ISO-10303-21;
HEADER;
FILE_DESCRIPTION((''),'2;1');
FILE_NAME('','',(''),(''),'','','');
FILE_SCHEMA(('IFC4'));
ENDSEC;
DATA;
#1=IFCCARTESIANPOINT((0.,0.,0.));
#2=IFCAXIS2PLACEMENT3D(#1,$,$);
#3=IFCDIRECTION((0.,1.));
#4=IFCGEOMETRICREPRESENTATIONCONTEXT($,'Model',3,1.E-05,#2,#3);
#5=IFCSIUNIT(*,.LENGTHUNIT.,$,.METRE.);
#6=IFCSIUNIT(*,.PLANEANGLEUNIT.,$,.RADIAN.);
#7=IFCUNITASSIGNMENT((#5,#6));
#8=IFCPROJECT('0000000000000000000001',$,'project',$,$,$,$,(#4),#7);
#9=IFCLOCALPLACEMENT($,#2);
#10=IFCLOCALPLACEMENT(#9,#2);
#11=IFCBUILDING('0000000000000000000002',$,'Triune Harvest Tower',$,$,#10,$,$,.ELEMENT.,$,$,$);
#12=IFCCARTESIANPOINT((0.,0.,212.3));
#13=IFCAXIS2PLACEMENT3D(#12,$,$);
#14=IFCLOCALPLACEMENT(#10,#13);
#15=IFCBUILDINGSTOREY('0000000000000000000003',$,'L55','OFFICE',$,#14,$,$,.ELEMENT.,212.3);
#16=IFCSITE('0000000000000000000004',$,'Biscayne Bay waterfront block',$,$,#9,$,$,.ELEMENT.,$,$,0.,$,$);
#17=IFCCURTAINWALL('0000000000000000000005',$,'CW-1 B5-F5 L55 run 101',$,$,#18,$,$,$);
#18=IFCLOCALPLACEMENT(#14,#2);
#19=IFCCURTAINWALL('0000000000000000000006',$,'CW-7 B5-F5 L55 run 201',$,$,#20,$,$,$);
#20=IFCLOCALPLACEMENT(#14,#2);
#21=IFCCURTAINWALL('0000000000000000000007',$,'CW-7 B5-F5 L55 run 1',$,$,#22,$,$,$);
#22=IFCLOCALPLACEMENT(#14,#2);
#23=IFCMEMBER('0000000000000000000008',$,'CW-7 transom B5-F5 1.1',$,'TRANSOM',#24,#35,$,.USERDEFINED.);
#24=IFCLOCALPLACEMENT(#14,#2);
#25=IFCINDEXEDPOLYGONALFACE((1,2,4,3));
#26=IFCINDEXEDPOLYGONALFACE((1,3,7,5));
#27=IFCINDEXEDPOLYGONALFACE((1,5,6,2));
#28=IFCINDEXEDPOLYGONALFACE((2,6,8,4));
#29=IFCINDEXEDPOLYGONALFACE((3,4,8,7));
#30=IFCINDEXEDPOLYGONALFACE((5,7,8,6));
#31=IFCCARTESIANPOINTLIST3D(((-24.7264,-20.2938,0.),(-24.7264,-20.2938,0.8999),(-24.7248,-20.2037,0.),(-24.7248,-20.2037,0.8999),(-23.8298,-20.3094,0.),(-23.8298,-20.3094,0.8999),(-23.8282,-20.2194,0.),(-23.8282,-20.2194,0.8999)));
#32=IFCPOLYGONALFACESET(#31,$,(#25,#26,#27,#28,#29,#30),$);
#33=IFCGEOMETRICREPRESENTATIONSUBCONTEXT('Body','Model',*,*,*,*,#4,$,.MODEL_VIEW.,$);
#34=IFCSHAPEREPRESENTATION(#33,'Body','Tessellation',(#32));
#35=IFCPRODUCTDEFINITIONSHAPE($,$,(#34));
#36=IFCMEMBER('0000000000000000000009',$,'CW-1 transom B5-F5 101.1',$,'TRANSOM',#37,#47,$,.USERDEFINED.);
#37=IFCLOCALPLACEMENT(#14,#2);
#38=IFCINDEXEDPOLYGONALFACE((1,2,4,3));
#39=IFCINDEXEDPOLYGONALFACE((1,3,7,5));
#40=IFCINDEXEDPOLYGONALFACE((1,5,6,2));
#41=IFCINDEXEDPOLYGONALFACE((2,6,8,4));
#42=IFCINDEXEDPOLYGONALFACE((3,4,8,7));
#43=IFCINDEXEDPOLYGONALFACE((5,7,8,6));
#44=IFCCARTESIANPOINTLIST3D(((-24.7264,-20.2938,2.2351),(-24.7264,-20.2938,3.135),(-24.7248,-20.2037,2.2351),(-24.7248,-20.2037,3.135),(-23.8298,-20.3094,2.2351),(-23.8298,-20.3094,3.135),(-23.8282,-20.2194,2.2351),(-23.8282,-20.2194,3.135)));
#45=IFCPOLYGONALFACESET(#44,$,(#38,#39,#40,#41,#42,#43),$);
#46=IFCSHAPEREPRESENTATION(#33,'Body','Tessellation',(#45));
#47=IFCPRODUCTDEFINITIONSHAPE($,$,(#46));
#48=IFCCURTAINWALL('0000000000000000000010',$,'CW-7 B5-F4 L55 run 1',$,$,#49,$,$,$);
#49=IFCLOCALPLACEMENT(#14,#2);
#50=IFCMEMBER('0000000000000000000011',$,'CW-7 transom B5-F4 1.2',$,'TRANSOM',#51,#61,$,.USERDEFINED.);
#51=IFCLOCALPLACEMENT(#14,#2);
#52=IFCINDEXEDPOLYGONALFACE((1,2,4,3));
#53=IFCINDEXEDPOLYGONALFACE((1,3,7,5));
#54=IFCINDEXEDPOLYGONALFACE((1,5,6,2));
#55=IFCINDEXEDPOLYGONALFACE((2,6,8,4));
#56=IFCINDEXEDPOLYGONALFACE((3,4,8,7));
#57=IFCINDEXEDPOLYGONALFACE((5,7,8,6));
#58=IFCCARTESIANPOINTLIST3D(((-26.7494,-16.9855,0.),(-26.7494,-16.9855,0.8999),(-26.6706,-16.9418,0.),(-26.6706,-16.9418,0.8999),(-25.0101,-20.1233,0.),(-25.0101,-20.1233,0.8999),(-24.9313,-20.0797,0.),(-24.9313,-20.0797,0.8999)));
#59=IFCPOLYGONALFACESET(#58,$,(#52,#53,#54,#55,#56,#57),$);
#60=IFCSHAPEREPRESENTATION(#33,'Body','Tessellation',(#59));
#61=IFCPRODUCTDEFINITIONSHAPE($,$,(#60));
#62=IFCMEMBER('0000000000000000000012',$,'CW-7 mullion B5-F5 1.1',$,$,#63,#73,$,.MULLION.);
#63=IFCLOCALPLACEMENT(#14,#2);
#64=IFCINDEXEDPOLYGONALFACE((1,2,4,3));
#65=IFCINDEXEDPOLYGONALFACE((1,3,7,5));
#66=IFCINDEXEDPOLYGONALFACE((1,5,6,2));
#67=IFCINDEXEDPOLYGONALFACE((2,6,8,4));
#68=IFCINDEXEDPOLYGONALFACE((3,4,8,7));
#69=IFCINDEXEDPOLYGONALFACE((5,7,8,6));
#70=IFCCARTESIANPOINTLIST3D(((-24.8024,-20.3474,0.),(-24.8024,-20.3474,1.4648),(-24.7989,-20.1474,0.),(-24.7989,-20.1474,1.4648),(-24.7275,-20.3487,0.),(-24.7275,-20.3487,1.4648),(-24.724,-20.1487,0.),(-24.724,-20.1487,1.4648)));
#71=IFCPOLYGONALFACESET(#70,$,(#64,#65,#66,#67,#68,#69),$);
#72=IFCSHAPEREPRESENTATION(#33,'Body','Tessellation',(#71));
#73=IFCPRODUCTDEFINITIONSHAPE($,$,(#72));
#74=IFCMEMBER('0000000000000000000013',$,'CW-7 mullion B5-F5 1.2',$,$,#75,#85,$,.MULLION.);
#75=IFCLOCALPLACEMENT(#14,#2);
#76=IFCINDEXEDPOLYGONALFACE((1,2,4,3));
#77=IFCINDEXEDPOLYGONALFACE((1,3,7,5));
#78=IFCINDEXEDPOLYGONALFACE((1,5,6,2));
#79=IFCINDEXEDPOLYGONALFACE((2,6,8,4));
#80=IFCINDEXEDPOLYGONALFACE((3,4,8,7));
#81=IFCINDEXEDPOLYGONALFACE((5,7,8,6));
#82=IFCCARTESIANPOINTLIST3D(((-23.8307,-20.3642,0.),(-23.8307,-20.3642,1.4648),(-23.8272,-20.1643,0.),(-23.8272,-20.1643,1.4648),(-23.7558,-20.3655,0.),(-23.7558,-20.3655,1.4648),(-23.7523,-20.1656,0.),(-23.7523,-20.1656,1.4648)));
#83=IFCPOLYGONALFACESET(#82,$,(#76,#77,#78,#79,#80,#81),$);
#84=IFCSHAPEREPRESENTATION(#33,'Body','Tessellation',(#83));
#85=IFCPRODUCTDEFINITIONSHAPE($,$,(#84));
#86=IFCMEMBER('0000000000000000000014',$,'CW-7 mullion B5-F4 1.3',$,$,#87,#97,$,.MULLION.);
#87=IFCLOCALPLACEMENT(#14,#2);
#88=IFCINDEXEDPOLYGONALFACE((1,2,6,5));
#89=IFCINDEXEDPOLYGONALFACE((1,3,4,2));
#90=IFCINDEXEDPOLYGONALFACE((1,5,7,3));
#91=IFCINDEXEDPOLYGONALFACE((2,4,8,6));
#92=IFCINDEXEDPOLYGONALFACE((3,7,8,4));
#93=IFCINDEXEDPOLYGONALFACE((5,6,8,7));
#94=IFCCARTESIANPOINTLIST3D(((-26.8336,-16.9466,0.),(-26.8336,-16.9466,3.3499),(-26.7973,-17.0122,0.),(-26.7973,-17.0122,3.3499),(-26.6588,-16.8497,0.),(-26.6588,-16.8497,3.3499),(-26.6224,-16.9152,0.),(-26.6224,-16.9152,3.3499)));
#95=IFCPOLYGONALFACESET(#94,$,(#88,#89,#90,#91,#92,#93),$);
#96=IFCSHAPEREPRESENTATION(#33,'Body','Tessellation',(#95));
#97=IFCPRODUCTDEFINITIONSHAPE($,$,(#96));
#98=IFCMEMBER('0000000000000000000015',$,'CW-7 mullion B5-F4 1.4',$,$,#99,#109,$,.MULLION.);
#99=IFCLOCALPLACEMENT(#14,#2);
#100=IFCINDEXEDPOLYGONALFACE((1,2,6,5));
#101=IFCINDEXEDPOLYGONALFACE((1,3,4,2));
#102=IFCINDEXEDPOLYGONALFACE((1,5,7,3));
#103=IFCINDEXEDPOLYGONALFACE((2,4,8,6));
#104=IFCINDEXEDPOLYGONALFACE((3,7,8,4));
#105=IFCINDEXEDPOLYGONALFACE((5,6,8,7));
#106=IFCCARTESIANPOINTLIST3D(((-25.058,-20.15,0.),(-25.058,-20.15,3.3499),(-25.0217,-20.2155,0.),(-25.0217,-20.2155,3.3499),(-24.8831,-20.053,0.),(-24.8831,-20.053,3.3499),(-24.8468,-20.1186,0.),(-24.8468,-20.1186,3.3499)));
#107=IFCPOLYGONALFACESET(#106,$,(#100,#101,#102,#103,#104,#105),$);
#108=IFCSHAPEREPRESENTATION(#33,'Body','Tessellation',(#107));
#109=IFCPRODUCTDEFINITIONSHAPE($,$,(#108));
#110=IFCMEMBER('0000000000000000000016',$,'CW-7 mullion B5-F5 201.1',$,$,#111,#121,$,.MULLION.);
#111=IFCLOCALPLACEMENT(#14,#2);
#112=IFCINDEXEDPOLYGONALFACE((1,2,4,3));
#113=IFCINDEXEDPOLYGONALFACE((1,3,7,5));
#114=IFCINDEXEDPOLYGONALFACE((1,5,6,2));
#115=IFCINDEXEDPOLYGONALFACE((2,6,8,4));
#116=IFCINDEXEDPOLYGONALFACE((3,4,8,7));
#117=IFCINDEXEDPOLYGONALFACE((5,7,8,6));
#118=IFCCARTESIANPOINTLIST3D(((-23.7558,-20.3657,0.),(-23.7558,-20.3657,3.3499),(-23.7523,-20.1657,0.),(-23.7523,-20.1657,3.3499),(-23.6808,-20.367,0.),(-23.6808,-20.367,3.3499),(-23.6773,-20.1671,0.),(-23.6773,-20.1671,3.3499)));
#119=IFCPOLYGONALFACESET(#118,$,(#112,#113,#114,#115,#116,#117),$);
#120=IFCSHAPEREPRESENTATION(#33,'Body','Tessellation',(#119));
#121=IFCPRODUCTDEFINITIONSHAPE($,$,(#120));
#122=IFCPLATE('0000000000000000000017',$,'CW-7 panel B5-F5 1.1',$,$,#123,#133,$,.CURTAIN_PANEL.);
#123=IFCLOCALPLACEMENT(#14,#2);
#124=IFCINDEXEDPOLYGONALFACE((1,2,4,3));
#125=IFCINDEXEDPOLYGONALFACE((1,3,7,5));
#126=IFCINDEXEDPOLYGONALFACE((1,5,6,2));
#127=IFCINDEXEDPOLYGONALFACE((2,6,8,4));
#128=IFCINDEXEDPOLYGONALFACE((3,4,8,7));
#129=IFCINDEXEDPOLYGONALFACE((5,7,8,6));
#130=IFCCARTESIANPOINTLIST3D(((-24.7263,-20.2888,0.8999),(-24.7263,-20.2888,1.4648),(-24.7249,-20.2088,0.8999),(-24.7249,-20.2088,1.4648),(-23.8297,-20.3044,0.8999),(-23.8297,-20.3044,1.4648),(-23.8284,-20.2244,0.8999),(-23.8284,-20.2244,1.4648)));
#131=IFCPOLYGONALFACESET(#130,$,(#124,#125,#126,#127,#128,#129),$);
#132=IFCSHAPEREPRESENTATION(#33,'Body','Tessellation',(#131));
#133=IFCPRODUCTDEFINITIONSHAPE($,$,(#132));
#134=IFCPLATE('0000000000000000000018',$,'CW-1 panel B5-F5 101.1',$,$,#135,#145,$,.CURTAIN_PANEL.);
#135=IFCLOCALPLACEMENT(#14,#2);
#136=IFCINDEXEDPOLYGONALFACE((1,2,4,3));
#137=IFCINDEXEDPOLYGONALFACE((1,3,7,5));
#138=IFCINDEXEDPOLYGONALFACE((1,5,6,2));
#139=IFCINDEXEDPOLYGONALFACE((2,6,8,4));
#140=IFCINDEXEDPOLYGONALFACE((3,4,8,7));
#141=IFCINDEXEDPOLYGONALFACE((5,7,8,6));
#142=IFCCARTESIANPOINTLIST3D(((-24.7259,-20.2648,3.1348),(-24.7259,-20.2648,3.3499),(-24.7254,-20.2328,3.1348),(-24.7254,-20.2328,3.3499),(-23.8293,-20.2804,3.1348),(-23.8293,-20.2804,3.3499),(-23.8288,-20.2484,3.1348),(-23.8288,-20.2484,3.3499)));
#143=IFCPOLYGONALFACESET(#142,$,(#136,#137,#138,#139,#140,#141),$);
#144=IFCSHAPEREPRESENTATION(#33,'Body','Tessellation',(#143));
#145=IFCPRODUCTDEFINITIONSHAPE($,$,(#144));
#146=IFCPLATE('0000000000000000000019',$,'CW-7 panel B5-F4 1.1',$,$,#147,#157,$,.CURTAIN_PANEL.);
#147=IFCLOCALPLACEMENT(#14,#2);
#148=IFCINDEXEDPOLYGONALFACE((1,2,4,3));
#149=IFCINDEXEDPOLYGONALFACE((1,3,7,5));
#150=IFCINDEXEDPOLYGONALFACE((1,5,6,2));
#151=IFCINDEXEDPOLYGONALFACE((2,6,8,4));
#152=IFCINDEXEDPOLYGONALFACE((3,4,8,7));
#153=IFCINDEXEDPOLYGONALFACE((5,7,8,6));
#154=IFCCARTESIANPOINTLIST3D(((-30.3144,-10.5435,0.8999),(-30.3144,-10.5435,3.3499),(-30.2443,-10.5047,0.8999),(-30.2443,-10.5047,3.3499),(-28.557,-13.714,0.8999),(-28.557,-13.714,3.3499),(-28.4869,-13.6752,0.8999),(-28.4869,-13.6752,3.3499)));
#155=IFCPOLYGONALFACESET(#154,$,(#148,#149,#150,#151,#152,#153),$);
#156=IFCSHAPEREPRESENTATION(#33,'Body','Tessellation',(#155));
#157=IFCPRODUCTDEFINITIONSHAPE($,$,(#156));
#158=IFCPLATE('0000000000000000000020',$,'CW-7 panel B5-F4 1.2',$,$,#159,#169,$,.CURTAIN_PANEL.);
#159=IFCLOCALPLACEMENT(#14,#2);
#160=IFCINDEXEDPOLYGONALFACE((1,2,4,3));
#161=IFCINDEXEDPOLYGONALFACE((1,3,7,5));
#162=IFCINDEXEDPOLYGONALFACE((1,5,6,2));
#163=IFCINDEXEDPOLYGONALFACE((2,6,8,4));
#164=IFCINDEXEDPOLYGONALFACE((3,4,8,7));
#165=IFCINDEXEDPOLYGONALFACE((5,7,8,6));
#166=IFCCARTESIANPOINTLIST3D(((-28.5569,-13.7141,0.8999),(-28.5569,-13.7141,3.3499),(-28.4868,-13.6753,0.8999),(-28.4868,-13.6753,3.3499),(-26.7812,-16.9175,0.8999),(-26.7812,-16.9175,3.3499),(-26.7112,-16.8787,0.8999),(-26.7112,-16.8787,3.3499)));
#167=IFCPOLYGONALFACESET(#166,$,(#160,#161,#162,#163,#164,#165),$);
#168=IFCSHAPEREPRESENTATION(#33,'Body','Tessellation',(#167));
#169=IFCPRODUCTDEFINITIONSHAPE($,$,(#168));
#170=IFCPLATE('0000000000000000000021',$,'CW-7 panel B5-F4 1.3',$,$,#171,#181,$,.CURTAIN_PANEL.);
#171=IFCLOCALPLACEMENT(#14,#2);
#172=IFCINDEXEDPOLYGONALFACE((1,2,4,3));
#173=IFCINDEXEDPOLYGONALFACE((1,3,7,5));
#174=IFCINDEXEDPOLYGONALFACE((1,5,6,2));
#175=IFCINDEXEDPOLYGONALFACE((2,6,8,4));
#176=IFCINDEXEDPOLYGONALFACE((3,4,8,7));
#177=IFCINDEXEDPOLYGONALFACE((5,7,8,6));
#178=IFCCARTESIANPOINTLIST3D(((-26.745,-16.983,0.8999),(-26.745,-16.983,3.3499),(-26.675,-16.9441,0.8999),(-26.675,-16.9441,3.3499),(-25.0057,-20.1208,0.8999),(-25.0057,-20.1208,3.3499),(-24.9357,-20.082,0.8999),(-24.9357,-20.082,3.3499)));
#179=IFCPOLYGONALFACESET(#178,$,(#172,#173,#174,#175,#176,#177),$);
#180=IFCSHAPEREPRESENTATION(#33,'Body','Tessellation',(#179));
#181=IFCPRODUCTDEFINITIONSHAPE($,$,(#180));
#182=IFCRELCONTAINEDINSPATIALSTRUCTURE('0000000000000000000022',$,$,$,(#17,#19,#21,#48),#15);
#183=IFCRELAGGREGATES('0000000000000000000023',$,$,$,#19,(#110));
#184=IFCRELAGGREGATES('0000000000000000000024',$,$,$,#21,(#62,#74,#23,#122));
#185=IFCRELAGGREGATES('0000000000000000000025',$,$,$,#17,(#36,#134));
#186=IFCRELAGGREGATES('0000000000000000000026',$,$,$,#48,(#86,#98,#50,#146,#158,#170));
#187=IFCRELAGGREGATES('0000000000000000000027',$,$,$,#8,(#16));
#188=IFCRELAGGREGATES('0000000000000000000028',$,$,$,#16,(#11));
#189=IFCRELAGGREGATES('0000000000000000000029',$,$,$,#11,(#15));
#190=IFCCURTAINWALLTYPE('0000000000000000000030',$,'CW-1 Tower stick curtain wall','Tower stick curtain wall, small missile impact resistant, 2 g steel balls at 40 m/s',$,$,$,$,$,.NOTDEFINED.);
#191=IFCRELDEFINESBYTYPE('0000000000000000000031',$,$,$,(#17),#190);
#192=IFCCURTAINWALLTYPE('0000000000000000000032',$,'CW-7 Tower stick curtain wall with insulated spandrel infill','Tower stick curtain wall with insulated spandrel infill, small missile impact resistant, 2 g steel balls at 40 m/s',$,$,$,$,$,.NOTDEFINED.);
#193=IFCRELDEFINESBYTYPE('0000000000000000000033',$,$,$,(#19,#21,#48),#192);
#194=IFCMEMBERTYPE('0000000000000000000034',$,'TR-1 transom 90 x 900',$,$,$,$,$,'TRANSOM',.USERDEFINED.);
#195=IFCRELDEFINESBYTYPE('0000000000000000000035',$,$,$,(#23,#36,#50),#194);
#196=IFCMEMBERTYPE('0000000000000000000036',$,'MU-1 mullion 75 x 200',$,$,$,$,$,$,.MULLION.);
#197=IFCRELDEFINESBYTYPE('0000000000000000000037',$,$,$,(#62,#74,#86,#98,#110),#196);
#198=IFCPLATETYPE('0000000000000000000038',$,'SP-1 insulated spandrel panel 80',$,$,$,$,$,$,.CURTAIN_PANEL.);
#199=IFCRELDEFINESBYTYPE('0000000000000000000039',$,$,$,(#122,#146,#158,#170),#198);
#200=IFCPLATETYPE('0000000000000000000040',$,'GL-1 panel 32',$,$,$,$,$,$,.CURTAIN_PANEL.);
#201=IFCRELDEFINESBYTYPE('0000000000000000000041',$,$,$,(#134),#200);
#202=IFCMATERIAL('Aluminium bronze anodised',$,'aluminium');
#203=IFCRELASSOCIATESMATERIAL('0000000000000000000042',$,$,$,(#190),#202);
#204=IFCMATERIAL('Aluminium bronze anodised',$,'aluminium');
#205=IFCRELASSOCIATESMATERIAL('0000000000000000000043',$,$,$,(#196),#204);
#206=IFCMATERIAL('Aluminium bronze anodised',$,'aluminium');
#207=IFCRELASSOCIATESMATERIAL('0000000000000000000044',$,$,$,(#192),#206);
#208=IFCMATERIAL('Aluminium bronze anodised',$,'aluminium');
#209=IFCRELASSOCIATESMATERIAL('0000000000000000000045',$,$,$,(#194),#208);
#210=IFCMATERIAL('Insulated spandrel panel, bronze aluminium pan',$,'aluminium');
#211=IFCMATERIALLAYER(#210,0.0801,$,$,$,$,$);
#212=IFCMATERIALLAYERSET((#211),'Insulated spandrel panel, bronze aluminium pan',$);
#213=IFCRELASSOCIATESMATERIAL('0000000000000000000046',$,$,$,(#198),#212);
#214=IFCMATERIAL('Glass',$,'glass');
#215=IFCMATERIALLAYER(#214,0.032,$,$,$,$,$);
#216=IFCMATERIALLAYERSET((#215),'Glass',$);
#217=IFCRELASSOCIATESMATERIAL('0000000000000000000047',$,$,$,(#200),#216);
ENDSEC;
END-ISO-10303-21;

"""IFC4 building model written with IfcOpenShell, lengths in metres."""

from ifc_helpers import new_model, si_unit, direction, frame, origin, origin_2d, place, context, subcontext, project, spatial, rectangle, extrude, source, transform, mapped, material, layer, layer_set, material_profile, profile_set, type_object, element, aggregate, save


model = new_model("IFC4")

# Units and contexts
model_context = context("Model", 3, precision=1e-05, world=origin(), true_north=direction((0.0, 1.0)))
body_context = subcontext(model_context, "Body", "Model", "MODEL_VIEW")
ifc_project = project(units=[si_unit("LENGTHUNIT", "METRE"), si_unit("PLANEANGLEUNIT", "RADIAN")], contexts=[model_context])

# Site, building, storey
site_placement = place(None, origin())
site = spatial("IfcSite", under=ifc_project, at=site_placement, Name="Biscayne Bay waterfront block", CompositionType="ELEMENT", RefElevation=0.0)
building_placement = place(site_placement, origin())
building = spatial("IfcBuilding", under=site, at=building_placement, Name="Triune Harvest Tower", CompositionType="ELEMENT")
storey_placement = place(building_placement, frame((0.0, 0.0, 212.3)))
storey = spatial("IfcBuildingStorey", under=building, at=storey_placement, Name="L55", Description="OFFICE", CompositionType="ELEMENT", Elevation=212.3)

# Curtain wall
ifc_material_1 = material(Name="Aluminium bronze anodised", Category="aluminium")
curtain_wall_type_1 = type_object("IfcCurtainWallType", Name="CW-1 Tower stick curtain wall", Description="Tower stick curtain wall, small missile impact resistant, 2 g steel balls at 40 m/s", PredefinedType="NOTDEFINED", material=ifc_material_1)
curtain_wall_1_placement = place(storey_placement, origin())
curtain_wall_1 = element("IfcCurtainWall", 1, at=curtain_wall_1_placement, inside=storey, type_object=curtain_wall_type_1, Name="CW-1 B5-F5 L55 run 101")
ifc_material_2 = material(Name="Aluminium bronze anodised", Category="aluminium")
ifc_material_profile_1 = material_profile(ifc_material_2, rectangle(XDim=0.2, YDim=0.075, at=origin_2d()), Name="MU-1 mullion 75 x 200")
ifc_profile_set_1 = profile_set([ifc_material_profile_1], Name="Aluminium bronze anodised")
member_type_1 = type_object("IfcMemberType", Name="MU-1 mullion 75 x 200", PredefinedType="MULLION", material=ifc_profile_set_1)

# Curtain walls, member
ifc_material_3 = material(Name="Aluminium bronze anodised", Category="aluminium")
curtain_wall_type_2 = type_object("IfcCurtainWallType", Name="CW-7 Tower stick curtain wall with insulated spandrel infill", Description="Tower stick curtain wall with insulated spandrel infill, small missile impact resistant, 2 g steel balls at 40 m/s", PredefinedType="NOTDEFINED", material=ifc_material_3)
curtain_wall_2_placement = place(storey_placement, origin())
curtain_wall_2 = element("IfcCurtainWall", 2, at=curtain_wall_2_placement, inside=storey, type_object=curtain_wall_type_2, Name="CW-7 B5-F5 L55 run 201")
ifc_material_4 = material(Name="Aluminium bronze anodised", Category="aluminium")
ifc_material_profile_2 = material_profile(ifc_material_4, rectangle(XDim=0.0901, YDim=0.8999, at=origin_2d()), Name="TR-1 transom 90 x 900")
ifc_profile_set_2 = profile_set([ifc_material_profile_2], Name="Aluminium bronze anodised")
member_type_2 = type_object("IfcMemberType", Name="TR-1 transom 90 x 900", ElementType="TRANSOM", PredefinedType="USERDEFINED", material=ifc_profile_set_2)
curtain_wall_3_placement = place(storey_placement, origin())
curtain_wall_3 = element("IfcCurtainWall", 3, at=curtain_wall_3_placement, inside=storey, type_object=curtain_wall_type_2, Name="CW-7 B5-F5 L55 run 1")
shared_shape_1 = source(origin(), body_context, "Body", "SweptSolid", [
    extrude(rectangle(XDim=0.0901, YDim=0.8999, at=origin_2d()), origin(), (0.0, 0.0, 1.0), 0.8967),
])
member_1_placement = place(storey_placement, frame((-24.7256, -20.2488, 0.45), z_axis=(0.999848, -0.017427, 0.0), x_axis=(0.017427, 0.999848, 0.0)))
member_1 = element("IfcMember", 4, at=member_1_placement, type_object=member_type_2, Name="CW-7 transom B5-F5 1.1", ObjectType="TRANSOM", PredefinedType="USERDEFINED", context=body_context, shape_type="MappedRepresentation", body=[
    mapped(shared_shape_1, transform((0.0, 0.0, 0.0), scale=1.0)),
])

# Member
member_2_placement = place(storey_placement, frame((-24.7256, -20.2488, 2.6851), z_axis=(0.999848, -0.017427, 0.0), x_axis=(0.017427, 0.999848, 0.0)))
member_2 = element("IfcMember", 5, at=member_2_placement, type_object=member_type_2, Name="CW-1 transom B5-F5 101.1", ObjectType="TRANSOM", PredefinedType="USERDEFINED", context=body_context, shape_type="MappedRepresentation", body=[
    mapped(shared_shape_1, transform((0.0, 0.0, 0.0), scale=1.0)),
])

# Curtain wall, member
curtain_wall_4_placement = place(storey_placement, origin())
curtain_wall_4 = element("IfcCurtainWall", 6, at=curtain_wall_4_placement, inside=storey, type_object=curtain_wall_type_2, Name="CW-7 B5-F4 L55 run 1")
shared_shape_2 = source(origin(), body_context, "Body", "SweptSolid", [
    extrude(rectangle(XDim=0.0901, YDim=0.8999, at=origin_2d()), origin(), (0.0, 0.0, 1.0), 3.5876),
])
member_3_placement = place(storey_placement, frame((-26.71, -16.9636, 0.45), z_axis=(0.484782, -0.874635, 0.0), x_axis=(0.874635, 0.484782, 0.0)))
member_3 = element("IfcMember", 7, at=member_3_placement, type_object=member_type_2, Name="CW-7 transom B5-F4 1.2", ObjectType="TRANSOM", PredefinedType="USERDEFINED", context=body_context, shape_type="MappedRepresentation", body=[
    mapped(shared_shape_2, transform((0.0, 0.0, 0.0), scale=1.0)),
])

# Members
shared_shape_3 = source(origin(), body_context, "Body", "SweptSolid", [
    extrude(rectangle(XDim=0.2, YDim=0.075, at=origin_2d()), origin(), (0.0, 0.0, 1.0), 1.4648),
])
member_4_placement = place(storey_placement, frame((-24.7632, -20.248, 0.0), z_axis=(0.0, 0.0, 1.0), x_axis=(0.017387, 0.999849, 0.0)))
member_4 = element("IfcMember", 8, at=member_4_placement, type_object=member_type_1, Name="CW-7 mullion B5-F5 1.1", PredefinedType="MULLION", context=body_context, shape_type="MappedRepresentation", body=[
    mapped(shared_shape_3, transform((0.0, 0.0, 0.0), scale=1.0)),
])
member_5_placement = place(storey_placement, frame((-23.7915, -20.2649, 0.0), z_axis=(0.0, 0.0, 1.0), x_axis=(0.017387, 0.999849, 0.0)))
member_5 = element("IfcMember", 9, at=member_5_placement, type_object=member_type_1, Name="CW-7 mullion B5-F5 1.2", PredefinedType="MULLION", context=body_context, shape_type="MappedRepresentation", body=[
    mapped(shared_shape_3, transform((0.0, 0.0, 0.0), scale=1.0)),
])
shared_shape_4 = source(origin(), body_context, "Body", "SweptSolid", [
    extrude(rectangle(XDim=0.2, YDim=0.075, at=origin_2d()), origin(), (0.0, 0.0, 1.0), 3.3499),
])
member_6_placement = place(storey_placement, frame((-26.728, -16.9309, 0.0), z_axis=(0.0, 0.0, 1.0), x_axis=(0.874624, 0.484802, 0.0)))
member_6 = element("IfcMember", 10, at=member_6_placement, type_object=member_type_1, Name="CW-7 mullion B5-F4 1.3", PredefinedType="MULLION", context=body_context, shape_type="MappedRepresentation", body=[
    mapped(shared_shape_4, transform((0.0, 0.0, 0.0), scale=1.0)),
])
member_7_placement = place(storey_placement, frame((-24.9524, -20.1343, 0.0), z_axis=(0.0, 0.0, 1.0), x_axis=(0.874624, 0.484802, 0.0)))
member_7 = element("IfcMember", 11, at=member_7_placement, type_object=member_type_1, Name="CW-7 mullion B5-F4 1.4", PredefinedType="MULLION", context=body_context, shape_type="MappedRepresentation", body=[
    mapped(shared_shape_4, transform((0.0, 0.0, 0.0), scale=1.0)),
])
member_8_placement = place(storey_placement, frame((-23.7166, -20.2664, 0.0), z_axis=(0.0, 0.0, 1.0), x_axis=(0.01745, 0.999848, 0.0)))
member_8 = element("IfcMember", 12, at=member_8_placement, type_object=member_type_1, Name="CW-7 mullion B5-F5 201.1", PredefinedType="MULLION", context=body_context, shape_type="MappedRepresentation", body=[
    mapped(shared_shape_4, transform((0.0, 0.0, 0.0), scale=1.0)),
])
aggregate(curtain_wall_2, [member_8])

# Plates
ifc_material_5 = material(Name="Insulated spandrel panel, bronze aluminium pan", Category="aluminium")
ifc_layer_1 = layer(ifc_material_5, 0.0801)
ifc_layer_set_1 = layer_set([ifc_layer_1], Name="Insulated spandrel panel, bronze aluminium pan")
plate_type_1 = type_object("IfcPlateType", Name="SP-1 insulated spandrel panel 80", PredefinedType="CURTAIN_PANEL", material=ifc_layer_set_1)
shared_shape_5 = source(origin(), body_context, "Body", "SweptSolid", [
    extrude(rectangle(XDim=0.8967, YDim=0.0801, at=origin_2d()), origin(), (0.0, 0.0, 1.0), 0.5649),
])
plate_1_placement = place(storey_placement, frame((-24.2773, -20.2566, 0.8999), z_axis=(0.0, 0.0, 1.0), x_axis=(0.999849, -0.017387, 0.0)))
plate_1 = element("IfcPlate", 13, at=plate_1_placement, type_object=plate_type_1, Name="CW-7 panel B5-F5 1.1", PredefinedType="CURTAIN_PANEL", context=body_context, shape_type="MappedRepresentation", body=[
    mapped(shared_shape_5, transform((0.0, 0.0, 0.0), scale=1.0)),
])
aggregate(curtain_wall_3, [member_4, member_5, member_1, plate_1])
ifc_material_6 = material(Name="Glass", Category="glass")
ifc_layer_2 = layer(ifc_material_6, 0.032)
ifc_layer_set_2 = layer_set([ifc_layer_2], Name="Glass")
plate_type_2 = type_object("IfcPlateType", Name="GL-1 panel 32", PredefinedType="CURTAIN_PANEL", material=ifc_layer_set_2)
shared_shape_6 = source(origin(), body_context, "Body", "SweptSolid", [
    extrude(rectangle(XDim=0.8967, YDim=0.032, at=origin_2d()), origin(), (0.0, 0.0, 1.0), 0.2151),
])
plate_2_placement = place(storey_placement, frame((-24.2773, -20.2566, 3.1348), z_axis=(0.0, 0.0, 1.0), x_axis=(0.999849, -0.017387, 0.0)))
plate_2 = element("IfcPlate", 14, at=plate_2_placement, type_object=plate_type_2, Name="CW-1 panel B5-F5 101.1", PredefinedType="CURTAIN_PANEL", context=body_context, shape_type="MappedRepresentation", body=[
    mapped(shared_shape_6, transform((0.0, 0.0, 0.0), scale=1.0)),
])
aggregate(curtain_wall_1, [member_2, plate_2])
shared_shape_7 = source(origin(), body_context, "Body", "SweptSolid", [
    extrude(rectangle(XDim=3.625, YDim=0.0801, at=origin_2d()), origin(), (0.0, 0.0, 1.0), 2.45),
])
plate_3_placement = place(storey_placement, frame((-29.4006, -12.1094, 0.8999), z_axis=(0.0, 0.0, 1.0), x_axis=(0.484802, -0.874624, 0.0)))
plate_3 = element("IfcPlate", 15, at=plate_3_placement, type_object=plate_type_1, Name="CW-7 panel B5-F4 1.1", PredefinedType="CURTAIN_PANEL", context=body_context, shape_type="MappedRepresentation", body=[
    mapped(shared_shape_7, transform((0.0, 0.0, 0.0), scale=1.0)),
])
shared_shape_8 = source(origin(), body_context, "Body", "SweptSolid", [
    extrude(rectangle(XDim=3.6626, YDim=0.0801, at=origin_2d()), origin(), (0.0, 0.0, 1.0), 2.45),
])
plate_4_placement = place(storey_placement, frame((-27.634, -15.2964, 0.8999), z_axis=(0.0, 0.0, 1.0), x_axis=(0.484802, -0.874624, 0.0)))
plate_4 = element("IfcPlate", 16, at=plate_4_placement, type_object=plate_type_1, Name="CW-7 panel B5-F4 1.2", PredefinedType="CURTAIN_PANEL", context=body_context, shape_type="MappedRepresentation", body=[
    mapped(shared_shape_8, transform((0.0, 0.0, 0.0), scale=1.0)),
])
shared_shape_9 = source(origin(), body_context, "Body", "SweptSolid", [
    extrude(rectangle(XDim=3.5876, YDim=0.0801, at=origin_2d()), origin(), (0.0, 0.0, 1.0), 2.45),
])
plate_5_placement = place(storey_placement, frame((-25.8403, -18.5325, 0.8999), z_axis=(0.0, 0.0, 1.0), x_axis=(0.484802, -0.874624, 0.0)))
plate_5 = element("IfcPlate", 17, at=plate_5_placement, type_object=plate_type_1, Name="CW-7 panel B5-F4 1.3", PredefinedType="CURTAIN_PANEL", context=body_context, shape_type="MappedRepresentation", body=[
    mapped(shared_shape_9, transform((0.0, 0.0, 0.0), scale=1.0)),
])
aggregate(curtain_wall_4, [member_6, member_7, member_3, plate_3, plate_4, plate_5])

save(model, "model.ifc")
